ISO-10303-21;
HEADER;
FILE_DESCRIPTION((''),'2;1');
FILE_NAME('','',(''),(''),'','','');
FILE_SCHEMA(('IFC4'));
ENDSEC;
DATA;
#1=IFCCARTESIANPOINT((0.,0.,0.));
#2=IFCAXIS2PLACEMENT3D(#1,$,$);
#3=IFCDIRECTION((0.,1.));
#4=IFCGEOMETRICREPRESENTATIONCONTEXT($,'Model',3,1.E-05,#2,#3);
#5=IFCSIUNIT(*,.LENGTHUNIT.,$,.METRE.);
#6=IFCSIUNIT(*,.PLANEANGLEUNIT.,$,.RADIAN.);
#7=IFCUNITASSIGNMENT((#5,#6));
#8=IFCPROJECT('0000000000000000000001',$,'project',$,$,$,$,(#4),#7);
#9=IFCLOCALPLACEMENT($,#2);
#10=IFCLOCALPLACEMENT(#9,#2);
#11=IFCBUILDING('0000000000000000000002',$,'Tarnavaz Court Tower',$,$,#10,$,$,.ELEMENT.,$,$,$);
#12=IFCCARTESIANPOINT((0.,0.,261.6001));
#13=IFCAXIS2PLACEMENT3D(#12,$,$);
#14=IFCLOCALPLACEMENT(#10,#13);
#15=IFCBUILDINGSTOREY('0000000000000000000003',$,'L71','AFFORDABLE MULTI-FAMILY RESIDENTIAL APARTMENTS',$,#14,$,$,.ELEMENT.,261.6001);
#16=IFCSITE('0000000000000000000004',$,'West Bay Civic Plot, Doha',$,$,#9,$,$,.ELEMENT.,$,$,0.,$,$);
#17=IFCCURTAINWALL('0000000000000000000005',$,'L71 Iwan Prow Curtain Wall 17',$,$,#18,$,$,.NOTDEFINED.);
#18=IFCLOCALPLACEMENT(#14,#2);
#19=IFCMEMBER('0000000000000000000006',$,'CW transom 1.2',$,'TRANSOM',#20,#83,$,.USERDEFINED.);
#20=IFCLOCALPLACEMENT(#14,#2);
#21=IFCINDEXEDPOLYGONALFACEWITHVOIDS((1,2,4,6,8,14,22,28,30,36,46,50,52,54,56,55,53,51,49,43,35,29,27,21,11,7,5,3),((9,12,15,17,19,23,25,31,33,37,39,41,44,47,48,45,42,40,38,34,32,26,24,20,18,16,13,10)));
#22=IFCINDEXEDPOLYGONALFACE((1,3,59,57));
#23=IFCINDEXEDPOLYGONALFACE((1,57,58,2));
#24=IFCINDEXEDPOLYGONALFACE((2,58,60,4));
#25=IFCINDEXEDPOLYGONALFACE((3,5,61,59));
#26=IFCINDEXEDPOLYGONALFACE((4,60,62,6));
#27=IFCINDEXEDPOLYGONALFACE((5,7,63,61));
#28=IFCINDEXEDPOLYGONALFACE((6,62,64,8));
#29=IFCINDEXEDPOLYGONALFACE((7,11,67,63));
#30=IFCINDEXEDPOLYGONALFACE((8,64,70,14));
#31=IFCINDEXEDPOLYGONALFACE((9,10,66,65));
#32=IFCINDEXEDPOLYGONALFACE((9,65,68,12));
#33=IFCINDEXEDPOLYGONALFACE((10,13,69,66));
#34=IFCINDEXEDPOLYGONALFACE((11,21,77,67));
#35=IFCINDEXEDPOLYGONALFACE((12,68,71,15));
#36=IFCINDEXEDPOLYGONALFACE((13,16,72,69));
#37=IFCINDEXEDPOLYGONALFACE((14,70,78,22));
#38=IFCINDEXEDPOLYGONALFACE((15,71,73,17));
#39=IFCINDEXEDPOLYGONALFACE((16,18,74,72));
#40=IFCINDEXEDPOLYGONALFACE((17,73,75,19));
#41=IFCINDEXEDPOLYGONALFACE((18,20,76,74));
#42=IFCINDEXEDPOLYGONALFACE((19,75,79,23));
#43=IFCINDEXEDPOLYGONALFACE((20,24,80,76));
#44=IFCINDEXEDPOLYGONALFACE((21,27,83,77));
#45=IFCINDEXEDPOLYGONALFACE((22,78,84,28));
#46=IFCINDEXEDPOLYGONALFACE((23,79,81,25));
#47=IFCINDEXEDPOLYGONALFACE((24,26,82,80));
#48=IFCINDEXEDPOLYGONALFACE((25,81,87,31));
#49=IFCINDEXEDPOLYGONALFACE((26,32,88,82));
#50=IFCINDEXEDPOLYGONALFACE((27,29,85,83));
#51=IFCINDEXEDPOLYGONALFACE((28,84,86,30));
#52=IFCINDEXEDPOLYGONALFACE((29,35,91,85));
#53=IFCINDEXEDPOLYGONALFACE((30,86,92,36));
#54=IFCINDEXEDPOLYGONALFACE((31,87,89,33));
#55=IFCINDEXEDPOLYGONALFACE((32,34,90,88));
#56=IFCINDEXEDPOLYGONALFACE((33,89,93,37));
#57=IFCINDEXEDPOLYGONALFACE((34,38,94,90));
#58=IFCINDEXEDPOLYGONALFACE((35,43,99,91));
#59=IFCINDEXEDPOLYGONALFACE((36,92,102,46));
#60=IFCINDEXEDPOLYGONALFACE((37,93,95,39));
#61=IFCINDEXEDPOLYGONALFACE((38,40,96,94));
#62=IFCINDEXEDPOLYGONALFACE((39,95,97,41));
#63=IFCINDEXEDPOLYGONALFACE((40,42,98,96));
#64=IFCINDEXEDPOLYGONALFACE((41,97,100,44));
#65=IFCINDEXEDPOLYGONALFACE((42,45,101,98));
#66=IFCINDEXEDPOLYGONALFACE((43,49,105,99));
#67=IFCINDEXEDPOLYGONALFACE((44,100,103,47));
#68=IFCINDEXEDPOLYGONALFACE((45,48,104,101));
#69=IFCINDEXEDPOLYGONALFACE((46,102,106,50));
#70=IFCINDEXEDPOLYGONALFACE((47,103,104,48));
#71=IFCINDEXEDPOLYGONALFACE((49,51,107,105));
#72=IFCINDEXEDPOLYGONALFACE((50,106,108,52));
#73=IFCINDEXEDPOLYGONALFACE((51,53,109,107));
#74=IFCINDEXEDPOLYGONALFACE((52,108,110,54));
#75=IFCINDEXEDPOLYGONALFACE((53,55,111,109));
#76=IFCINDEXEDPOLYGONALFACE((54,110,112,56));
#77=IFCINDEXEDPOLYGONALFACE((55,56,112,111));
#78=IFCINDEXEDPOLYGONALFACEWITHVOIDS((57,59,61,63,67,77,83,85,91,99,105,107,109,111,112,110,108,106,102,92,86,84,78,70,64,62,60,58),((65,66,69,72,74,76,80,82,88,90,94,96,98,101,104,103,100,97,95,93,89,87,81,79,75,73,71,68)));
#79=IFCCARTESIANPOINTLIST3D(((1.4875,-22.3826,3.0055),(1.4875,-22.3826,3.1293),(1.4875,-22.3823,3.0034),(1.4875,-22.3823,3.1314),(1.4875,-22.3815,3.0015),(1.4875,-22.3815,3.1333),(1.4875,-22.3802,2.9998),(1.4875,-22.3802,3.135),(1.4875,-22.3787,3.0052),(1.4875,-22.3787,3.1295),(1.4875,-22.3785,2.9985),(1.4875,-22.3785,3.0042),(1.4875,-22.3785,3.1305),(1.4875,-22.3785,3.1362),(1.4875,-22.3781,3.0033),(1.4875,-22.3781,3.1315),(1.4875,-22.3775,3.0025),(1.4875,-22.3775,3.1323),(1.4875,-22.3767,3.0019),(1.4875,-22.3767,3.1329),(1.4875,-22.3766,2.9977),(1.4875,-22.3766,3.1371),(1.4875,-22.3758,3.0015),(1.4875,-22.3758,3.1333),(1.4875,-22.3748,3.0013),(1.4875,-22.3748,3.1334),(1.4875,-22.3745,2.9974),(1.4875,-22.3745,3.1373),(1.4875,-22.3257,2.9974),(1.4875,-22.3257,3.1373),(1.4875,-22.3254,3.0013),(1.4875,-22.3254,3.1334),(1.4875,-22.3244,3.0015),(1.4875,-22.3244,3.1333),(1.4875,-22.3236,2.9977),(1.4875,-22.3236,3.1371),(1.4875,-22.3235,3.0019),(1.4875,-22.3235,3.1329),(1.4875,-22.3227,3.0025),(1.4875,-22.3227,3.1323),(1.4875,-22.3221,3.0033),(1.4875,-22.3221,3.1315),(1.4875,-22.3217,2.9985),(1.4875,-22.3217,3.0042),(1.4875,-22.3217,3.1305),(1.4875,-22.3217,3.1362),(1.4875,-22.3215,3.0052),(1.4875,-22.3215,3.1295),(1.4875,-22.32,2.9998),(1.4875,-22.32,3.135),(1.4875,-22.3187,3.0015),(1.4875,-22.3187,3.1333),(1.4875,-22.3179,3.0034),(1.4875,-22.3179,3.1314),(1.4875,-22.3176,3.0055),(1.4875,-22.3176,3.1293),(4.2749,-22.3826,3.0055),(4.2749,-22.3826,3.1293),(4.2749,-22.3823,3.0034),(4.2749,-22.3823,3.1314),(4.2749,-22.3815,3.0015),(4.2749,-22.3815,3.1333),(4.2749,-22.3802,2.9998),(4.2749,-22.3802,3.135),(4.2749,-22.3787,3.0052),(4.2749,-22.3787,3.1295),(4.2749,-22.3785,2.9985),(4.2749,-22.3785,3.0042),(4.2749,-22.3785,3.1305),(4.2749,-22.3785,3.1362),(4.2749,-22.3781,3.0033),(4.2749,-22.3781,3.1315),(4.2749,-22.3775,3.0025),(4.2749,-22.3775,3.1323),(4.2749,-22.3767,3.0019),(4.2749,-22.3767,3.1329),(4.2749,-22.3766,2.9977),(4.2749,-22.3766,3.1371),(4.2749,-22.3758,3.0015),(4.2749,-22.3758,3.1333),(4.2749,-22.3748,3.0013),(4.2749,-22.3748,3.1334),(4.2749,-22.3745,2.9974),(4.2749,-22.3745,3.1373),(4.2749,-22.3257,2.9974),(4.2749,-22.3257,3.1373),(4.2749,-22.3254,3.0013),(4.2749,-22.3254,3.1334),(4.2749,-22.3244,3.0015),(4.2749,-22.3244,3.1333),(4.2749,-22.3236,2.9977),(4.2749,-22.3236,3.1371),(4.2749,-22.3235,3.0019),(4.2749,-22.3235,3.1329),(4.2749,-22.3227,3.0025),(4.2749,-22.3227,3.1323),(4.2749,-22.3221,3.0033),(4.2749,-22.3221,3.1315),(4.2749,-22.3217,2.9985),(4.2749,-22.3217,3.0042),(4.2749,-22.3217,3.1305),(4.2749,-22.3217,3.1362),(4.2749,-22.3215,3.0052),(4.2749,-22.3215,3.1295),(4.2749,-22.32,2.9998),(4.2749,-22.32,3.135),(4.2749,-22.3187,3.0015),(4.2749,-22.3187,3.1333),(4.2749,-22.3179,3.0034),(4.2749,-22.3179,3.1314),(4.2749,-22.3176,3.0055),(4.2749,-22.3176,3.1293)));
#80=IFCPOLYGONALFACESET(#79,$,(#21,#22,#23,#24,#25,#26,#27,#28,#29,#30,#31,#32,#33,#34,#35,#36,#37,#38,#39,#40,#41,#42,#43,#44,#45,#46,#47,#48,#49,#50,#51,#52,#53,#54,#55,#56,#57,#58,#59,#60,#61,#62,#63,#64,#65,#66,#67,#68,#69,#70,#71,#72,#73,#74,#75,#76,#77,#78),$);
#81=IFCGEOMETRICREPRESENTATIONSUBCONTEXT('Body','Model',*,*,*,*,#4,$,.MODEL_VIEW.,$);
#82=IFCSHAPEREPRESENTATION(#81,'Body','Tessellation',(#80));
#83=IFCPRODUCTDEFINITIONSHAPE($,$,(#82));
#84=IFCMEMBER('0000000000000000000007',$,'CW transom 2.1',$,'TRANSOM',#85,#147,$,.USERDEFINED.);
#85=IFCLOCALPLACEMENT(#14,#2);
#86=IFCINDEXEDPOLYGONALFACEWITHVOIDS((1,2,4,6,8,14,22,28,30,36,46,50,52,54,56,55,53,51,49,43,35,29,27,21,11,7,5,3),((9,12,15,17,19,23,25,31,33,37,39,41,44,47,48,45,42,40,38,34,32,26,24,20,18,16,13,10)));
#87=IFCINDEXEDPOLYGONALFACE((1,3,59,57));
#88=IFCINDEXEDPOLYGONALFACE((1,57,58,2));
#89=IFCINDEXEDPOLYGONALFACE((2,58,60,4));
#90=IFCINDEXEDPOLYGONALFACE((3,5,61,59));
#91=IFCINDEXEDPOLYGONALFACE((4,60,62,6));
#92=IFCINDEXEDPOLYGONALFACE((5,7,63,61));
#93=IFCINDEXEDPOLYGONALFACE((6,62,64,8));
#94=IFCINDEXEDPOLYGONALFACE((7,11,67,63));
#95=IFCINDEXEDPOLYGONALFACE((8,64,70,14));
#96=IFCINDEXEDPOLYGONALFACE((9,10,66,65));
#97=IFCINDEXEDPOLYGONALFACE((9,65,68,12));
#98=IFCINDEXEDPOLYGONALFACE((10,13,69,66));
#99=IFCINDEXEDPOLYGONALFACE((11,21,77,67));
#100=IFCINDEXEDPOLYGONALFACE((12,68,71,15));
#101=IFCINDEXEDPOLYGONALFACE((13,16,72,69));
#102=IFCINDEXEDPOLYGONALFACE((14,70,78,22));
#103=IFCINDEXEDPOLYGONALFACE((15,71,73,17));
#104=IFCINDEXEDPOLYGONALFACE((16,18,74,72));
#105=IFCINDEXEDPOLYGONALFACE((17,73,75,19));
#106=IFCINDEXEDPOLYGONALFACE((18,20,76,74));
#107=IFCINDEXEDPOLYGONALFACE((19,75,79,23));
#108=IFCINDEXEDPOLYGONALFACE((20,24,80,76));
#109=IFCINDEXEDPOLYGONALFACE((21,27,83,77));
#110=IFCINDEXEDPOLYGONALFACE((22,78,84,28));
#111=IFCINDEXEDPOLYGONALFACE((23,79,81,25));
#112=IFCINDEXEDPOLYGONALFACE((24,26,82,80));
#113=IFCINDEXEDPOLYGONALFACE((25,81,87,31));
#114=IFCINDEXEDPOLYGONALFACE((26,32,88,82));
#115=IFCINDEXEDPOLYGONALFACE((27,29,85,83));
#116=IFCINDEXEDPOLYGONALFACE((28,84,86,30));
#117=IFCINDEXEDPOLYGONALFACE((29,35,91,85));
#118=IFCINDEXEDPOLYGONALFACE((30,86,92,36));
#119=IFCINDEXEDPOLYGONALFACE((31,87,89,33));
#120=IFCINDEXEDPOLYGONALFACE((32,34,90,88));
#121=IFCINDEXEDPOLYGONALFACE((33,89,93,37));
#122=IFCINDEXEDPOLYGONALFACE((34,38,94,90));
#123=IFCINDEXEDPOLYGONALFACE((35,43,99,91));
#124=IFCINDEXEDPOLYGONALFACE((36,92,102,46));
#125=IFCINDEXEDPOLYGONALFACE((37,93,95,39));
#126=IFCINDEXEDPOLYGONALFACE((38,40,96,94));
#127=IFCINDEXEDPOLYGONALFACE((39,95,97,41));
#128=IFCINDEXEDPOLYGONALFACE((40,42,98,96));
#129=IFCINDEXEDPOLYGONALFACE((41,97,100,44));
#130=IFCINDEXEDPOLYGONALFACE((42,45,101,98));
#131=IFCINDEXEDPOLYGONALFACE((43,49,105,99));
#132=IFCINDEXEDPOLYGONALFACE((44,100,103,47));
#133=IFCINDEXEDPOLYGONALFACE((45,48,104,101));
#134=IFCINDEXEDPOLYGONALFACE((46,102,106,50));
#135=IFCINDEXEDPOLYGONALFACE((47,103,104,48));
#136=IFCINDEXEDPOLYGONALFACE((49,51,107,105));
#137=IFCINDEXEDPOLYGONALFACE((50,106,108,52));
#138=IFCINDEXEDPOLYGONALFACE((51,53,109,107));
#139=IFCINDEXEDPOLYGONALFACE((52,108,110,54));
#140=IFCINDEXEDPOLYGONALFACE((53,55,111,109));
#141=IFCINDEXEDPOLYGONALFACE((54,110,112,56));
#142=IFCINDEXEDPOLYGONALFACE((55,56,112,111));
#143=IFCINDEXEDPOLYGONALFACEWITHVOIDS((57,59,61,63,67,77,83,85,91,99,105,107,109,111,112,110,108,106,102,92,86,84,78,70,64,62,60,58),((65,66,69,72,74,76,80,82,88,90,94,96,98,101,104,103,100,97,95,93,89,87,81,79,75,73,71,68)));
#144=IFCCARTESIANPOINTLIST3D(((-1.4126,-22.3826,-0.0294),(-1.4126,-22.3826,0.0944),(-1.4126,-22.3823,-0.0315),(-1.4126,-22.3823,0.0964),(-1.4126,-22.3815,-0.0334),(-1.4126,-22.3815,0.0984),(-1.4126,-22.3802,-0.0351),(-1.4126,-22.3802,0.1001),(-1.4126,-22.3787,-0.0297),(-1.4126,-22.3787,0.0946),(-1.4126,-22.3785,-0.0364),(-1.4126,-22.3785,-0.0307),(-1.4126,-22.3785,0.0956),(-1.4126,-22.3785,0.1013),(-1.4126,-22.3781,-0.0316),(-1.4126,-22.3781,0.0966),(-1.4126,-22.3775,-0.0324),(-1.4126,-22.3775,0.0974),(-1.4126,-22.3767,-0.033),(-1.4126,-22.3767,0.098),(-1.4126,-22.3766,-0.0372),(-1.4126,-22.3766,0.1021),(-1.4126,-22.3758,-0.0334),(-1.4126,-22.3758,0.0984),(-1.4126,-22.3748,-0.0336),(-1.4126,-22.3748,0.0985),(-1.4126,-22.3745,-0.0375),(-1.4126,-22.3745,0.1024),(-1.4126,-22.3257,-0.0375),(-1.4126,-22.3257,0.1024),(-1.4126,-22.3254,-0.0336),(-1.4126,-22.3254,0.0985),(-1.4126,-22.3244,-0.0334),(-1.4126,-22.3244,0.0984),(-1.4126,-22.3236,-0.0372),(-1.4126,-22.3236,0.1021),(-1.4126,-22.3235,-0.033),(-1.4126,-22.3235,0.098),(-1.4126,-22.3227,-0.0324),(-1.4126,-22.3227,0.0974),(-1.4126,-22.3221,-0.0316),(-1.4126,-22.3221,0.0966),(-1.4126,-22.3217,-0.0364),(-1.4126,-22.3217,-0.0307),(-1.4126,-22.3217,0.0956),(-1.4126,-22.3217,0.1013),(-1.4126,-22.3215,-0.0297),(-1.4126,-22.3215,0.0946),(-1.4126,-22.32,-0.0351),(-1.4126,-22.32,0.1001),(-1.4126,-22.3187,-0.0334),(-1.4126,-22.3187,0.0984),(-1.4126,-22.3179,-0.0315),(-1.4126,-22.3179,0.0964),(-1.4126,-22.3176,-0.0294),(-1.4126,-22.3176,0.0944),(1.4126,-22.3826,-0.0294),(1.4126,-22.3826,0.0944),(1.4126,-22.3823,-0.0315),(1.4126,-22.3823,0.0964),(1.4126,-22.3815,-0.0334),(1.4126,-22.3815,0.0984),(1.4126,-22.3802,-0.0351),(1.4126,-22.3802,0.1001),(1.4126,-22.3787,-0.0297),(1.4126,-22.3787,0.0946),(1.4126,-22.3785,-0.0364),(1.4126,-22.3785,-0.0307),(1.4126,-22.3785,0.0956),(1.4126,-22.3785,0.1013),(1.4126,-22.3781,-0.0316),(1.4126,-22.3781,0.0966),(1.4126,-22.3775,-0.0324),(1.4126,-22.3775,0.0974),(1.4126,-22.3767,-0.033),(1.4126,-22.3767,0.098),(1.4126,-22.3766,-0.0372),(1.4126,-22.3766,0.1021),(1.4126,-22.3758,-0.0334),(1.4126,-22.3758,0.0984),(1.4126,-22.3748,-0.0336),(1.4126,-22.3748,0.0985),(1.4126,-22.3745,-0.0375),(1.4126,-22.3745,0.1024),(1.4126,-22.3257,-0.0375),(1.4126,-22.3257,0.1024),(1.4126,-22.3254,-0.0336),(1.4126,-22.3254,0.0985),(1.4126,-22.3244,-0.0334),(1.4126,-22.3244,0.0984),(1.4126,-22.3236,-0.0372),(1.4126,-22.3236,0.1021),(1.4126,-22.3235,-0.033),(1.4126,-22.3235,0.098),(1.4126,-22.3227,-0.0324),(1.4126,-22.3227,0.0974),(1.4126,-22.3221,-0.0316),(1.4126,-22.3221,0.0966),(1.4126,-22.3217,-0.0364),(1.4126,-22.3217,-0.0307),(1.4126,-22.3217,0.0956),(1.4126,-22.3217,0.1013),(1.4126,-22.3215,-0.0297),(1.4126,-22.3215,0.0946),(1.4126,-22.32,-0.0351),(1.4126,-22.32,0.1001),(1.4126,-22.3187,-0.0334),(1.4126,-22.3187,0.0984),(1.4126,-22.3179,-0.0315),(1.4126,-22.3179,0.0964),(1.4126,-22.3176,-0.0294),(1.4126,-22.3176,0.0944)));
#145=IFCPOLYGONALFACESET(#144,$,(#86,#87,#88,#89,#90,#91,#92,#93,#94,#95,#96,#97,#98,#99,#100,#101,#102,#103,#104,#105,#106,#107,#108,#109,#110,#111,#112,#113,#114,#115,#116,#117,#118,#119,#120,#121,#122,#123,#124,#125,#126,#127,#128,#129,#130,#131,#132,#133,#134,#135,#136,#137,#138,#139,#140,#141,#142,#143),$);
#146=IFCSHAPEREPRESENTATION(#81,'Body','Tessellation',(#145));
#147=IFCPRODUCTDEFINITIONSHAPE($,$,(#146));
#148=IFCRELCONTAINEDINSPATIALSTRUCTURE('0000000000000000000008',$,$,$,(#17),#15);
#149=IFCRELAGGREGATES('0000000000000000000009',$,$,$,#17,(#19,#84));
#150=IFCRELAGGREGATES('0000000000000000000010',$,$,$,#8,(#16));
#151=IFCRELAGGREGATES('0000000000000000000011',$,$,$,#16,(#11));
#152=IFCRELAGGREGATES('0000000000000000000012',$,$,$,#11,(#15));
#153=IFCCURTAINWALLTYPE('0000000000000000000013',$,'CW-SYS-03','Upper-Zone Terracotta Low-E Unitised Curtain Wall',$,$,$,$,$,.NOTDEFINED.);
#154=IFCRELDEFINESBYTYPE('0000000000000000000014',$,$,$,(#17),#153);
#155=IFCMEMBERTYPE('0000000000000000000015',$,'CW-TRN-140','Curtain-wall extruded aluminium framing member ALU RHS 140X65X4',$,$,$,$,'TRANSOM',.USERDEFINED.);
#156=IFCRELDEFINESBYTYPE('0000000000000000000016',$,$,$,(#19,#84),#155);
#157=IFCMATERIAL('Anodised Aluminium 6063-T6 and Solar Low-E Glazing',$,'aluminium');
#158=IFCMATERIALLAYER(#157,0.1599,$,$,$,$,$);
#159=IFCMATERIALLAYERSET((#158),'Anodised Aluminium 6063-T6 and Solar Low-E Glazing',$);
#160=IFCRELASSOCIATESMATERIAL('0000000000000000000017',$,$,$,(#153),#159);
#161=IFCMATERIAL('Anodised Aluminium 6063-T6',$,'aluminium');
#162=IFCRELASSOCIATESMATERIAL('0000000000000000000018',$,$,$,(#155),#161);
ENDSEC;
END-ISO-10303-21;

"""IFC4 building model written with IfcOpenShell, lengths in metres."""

from ifc_helpers import new_model, si_unit, direction, frame, origin, origin_2d, place, context, subcontext, project, spatial, hollow_rectangle, extrude, material, layer, layer_set, material_profile, profile_set, type_object, element, aggregate, save


model = new_model("IFC4")

# Units and contexts
model_context = context("Model", 3, precision=1e-05, world=origin(), true_north=direction((0.0, 1.0)))
body_context = subcontext(model_context, "Body", "Model", "MODEL_VIEW")
ifc_project = project(units=[si_unit("LENGTHUNIT", "METRE"), si_unit("PLANEANGLEUNIT", "RADIAN")], contexts=[model_context])

# Site, building, storey
site_placement = place(None, origin())
site = spatial("IfcSite", under=ifc_project, at=site_placement, Name="West Bay Civic Plot, Doha", CompositionType="ELEMENT", RefElevation=0.0)
building_placement = place(site_placement, origin())
building = spatial("IfcBuilding", under=site, at=building_placement, Name="Tarnavaz Court Tower", CompositionType="ELEMENT")
storey_placement = place(building_placement, frame((0.0, 0.0, 261.6001)))
storey = spatial("IfcBuildingStorey", under=building, at=storey_placement, Name="L71", Description="AFFORDABLE MULTI-FAMILY RESIDENTIAL APARTMENTS", CompositionType="ELEMENT", Elevation=261.6001)

# Curtain wall, members
ifc_material_1 = material(Name="Anodised Aluminium 6063-T6 and Solar Low-E Glazing", Category="aluminium")
ifc_layer_1 = layer(ifc_material_1, 0.1599)
ifc_layer_set_1 = layer_set([ifc_layer_1], Name="Anodised Aluminium 6063-T6 and Solar Low-E Glazing")
curtain_wall_type = type_object("IfcCurtainWallType", Name="CW-SYS-03", Description="Upper-Zone Terracotta Low-E Unitised Curtain Wall", PredefinedType="NOTDEFINED", material=ifc_layer_set_1)
curtain_wall_placement = place(storey_placement, origin())
curtain_wall = element("IfcCurtainWall", 1, at=curtain_wall_placement, inside=storey, type_object=curtain_wall_type, Name="L71 Iwan Prow Curtain Wall 17", PredefinedType="NOTDEFINED")
ifc_material_2 = material(Name="Anodised Aluminium 6063-T6", Category="aluminium")
ifc_material_profile_1 = material_profile(ifc_material_2, hollow_rectangle(XDim=0.0649, YDim=0.1399, WallThickness=0.0039, InnerFilletRadius=0.0039, OuterFilletRadius=0.0081, at=origin_2d()), Name="ALU RHS 140X65X4")
ifc_profile_set_1 = profile_set([ifc_material_profile_1], Name="Anodised Aluminium 6063-T6")
member_type_1 = type_object("IfcMemberType", Name="CW-TRN-140", Description="Curtain-wall extruded aluminium framing member ALU RHS 140X65X4", ElementType="TRANSOM", PredefinedType="USERDEFINED", material=ifc_profile_set_1)
member_1_placement = place(storey_placement, frame((4.2749, -22.3501, 3.0674), z_axis=(-1.0, 0.0, 0.0), x_axis=(0.0, -1.0, 0.0)))
member_1 = element("IfcMember", 2, at=member_1_placement, type_object=member_type_1, Name="CW transom 1.2", ObjectType="TRANSOM", PredefinedType="USERDEFINED", context=body_context, shape_type="SweptSolid", body=[
    extrude(hollow_rectangle(XDim=0.0649, YDim=0.1399, WallThickness=0.0039, InnerFilletRadius=0.0039, OuterFilletRadius=0.0081, at=origin_2d()), origin(), (0.0, 0.0, 1.0), 2.7874),
])
member_2_placement = place(storey_placement, frame((1.4126, -22.3501, 0.0325), z_axis=(-1.0, 0.0, 0.0), x_axis=(0.0, -1.0, 0.0)))
member_2 = element("IfcMember", 3, at=member_2_placement, type_object=member_type_1, Name="CW transom 2.1", ObjectType="TRANSOM", PredefinedType="USERDEFINED", context=body_context, shape_type="SweptSolid", body=[
    extrude(hollow_rectangle(XDim=0.0649, YDim=0.1399, WallThickness=0.0039, InnerFilletRadius=0.0039, OuterFilletRadius=0.0081, at=origin_2d()), origin(), (0.0, 0.0, 1.0), 2.8252),
])
aggregate(curtain_wall, [member_1, member_2])

save(model, "model.ifc")
